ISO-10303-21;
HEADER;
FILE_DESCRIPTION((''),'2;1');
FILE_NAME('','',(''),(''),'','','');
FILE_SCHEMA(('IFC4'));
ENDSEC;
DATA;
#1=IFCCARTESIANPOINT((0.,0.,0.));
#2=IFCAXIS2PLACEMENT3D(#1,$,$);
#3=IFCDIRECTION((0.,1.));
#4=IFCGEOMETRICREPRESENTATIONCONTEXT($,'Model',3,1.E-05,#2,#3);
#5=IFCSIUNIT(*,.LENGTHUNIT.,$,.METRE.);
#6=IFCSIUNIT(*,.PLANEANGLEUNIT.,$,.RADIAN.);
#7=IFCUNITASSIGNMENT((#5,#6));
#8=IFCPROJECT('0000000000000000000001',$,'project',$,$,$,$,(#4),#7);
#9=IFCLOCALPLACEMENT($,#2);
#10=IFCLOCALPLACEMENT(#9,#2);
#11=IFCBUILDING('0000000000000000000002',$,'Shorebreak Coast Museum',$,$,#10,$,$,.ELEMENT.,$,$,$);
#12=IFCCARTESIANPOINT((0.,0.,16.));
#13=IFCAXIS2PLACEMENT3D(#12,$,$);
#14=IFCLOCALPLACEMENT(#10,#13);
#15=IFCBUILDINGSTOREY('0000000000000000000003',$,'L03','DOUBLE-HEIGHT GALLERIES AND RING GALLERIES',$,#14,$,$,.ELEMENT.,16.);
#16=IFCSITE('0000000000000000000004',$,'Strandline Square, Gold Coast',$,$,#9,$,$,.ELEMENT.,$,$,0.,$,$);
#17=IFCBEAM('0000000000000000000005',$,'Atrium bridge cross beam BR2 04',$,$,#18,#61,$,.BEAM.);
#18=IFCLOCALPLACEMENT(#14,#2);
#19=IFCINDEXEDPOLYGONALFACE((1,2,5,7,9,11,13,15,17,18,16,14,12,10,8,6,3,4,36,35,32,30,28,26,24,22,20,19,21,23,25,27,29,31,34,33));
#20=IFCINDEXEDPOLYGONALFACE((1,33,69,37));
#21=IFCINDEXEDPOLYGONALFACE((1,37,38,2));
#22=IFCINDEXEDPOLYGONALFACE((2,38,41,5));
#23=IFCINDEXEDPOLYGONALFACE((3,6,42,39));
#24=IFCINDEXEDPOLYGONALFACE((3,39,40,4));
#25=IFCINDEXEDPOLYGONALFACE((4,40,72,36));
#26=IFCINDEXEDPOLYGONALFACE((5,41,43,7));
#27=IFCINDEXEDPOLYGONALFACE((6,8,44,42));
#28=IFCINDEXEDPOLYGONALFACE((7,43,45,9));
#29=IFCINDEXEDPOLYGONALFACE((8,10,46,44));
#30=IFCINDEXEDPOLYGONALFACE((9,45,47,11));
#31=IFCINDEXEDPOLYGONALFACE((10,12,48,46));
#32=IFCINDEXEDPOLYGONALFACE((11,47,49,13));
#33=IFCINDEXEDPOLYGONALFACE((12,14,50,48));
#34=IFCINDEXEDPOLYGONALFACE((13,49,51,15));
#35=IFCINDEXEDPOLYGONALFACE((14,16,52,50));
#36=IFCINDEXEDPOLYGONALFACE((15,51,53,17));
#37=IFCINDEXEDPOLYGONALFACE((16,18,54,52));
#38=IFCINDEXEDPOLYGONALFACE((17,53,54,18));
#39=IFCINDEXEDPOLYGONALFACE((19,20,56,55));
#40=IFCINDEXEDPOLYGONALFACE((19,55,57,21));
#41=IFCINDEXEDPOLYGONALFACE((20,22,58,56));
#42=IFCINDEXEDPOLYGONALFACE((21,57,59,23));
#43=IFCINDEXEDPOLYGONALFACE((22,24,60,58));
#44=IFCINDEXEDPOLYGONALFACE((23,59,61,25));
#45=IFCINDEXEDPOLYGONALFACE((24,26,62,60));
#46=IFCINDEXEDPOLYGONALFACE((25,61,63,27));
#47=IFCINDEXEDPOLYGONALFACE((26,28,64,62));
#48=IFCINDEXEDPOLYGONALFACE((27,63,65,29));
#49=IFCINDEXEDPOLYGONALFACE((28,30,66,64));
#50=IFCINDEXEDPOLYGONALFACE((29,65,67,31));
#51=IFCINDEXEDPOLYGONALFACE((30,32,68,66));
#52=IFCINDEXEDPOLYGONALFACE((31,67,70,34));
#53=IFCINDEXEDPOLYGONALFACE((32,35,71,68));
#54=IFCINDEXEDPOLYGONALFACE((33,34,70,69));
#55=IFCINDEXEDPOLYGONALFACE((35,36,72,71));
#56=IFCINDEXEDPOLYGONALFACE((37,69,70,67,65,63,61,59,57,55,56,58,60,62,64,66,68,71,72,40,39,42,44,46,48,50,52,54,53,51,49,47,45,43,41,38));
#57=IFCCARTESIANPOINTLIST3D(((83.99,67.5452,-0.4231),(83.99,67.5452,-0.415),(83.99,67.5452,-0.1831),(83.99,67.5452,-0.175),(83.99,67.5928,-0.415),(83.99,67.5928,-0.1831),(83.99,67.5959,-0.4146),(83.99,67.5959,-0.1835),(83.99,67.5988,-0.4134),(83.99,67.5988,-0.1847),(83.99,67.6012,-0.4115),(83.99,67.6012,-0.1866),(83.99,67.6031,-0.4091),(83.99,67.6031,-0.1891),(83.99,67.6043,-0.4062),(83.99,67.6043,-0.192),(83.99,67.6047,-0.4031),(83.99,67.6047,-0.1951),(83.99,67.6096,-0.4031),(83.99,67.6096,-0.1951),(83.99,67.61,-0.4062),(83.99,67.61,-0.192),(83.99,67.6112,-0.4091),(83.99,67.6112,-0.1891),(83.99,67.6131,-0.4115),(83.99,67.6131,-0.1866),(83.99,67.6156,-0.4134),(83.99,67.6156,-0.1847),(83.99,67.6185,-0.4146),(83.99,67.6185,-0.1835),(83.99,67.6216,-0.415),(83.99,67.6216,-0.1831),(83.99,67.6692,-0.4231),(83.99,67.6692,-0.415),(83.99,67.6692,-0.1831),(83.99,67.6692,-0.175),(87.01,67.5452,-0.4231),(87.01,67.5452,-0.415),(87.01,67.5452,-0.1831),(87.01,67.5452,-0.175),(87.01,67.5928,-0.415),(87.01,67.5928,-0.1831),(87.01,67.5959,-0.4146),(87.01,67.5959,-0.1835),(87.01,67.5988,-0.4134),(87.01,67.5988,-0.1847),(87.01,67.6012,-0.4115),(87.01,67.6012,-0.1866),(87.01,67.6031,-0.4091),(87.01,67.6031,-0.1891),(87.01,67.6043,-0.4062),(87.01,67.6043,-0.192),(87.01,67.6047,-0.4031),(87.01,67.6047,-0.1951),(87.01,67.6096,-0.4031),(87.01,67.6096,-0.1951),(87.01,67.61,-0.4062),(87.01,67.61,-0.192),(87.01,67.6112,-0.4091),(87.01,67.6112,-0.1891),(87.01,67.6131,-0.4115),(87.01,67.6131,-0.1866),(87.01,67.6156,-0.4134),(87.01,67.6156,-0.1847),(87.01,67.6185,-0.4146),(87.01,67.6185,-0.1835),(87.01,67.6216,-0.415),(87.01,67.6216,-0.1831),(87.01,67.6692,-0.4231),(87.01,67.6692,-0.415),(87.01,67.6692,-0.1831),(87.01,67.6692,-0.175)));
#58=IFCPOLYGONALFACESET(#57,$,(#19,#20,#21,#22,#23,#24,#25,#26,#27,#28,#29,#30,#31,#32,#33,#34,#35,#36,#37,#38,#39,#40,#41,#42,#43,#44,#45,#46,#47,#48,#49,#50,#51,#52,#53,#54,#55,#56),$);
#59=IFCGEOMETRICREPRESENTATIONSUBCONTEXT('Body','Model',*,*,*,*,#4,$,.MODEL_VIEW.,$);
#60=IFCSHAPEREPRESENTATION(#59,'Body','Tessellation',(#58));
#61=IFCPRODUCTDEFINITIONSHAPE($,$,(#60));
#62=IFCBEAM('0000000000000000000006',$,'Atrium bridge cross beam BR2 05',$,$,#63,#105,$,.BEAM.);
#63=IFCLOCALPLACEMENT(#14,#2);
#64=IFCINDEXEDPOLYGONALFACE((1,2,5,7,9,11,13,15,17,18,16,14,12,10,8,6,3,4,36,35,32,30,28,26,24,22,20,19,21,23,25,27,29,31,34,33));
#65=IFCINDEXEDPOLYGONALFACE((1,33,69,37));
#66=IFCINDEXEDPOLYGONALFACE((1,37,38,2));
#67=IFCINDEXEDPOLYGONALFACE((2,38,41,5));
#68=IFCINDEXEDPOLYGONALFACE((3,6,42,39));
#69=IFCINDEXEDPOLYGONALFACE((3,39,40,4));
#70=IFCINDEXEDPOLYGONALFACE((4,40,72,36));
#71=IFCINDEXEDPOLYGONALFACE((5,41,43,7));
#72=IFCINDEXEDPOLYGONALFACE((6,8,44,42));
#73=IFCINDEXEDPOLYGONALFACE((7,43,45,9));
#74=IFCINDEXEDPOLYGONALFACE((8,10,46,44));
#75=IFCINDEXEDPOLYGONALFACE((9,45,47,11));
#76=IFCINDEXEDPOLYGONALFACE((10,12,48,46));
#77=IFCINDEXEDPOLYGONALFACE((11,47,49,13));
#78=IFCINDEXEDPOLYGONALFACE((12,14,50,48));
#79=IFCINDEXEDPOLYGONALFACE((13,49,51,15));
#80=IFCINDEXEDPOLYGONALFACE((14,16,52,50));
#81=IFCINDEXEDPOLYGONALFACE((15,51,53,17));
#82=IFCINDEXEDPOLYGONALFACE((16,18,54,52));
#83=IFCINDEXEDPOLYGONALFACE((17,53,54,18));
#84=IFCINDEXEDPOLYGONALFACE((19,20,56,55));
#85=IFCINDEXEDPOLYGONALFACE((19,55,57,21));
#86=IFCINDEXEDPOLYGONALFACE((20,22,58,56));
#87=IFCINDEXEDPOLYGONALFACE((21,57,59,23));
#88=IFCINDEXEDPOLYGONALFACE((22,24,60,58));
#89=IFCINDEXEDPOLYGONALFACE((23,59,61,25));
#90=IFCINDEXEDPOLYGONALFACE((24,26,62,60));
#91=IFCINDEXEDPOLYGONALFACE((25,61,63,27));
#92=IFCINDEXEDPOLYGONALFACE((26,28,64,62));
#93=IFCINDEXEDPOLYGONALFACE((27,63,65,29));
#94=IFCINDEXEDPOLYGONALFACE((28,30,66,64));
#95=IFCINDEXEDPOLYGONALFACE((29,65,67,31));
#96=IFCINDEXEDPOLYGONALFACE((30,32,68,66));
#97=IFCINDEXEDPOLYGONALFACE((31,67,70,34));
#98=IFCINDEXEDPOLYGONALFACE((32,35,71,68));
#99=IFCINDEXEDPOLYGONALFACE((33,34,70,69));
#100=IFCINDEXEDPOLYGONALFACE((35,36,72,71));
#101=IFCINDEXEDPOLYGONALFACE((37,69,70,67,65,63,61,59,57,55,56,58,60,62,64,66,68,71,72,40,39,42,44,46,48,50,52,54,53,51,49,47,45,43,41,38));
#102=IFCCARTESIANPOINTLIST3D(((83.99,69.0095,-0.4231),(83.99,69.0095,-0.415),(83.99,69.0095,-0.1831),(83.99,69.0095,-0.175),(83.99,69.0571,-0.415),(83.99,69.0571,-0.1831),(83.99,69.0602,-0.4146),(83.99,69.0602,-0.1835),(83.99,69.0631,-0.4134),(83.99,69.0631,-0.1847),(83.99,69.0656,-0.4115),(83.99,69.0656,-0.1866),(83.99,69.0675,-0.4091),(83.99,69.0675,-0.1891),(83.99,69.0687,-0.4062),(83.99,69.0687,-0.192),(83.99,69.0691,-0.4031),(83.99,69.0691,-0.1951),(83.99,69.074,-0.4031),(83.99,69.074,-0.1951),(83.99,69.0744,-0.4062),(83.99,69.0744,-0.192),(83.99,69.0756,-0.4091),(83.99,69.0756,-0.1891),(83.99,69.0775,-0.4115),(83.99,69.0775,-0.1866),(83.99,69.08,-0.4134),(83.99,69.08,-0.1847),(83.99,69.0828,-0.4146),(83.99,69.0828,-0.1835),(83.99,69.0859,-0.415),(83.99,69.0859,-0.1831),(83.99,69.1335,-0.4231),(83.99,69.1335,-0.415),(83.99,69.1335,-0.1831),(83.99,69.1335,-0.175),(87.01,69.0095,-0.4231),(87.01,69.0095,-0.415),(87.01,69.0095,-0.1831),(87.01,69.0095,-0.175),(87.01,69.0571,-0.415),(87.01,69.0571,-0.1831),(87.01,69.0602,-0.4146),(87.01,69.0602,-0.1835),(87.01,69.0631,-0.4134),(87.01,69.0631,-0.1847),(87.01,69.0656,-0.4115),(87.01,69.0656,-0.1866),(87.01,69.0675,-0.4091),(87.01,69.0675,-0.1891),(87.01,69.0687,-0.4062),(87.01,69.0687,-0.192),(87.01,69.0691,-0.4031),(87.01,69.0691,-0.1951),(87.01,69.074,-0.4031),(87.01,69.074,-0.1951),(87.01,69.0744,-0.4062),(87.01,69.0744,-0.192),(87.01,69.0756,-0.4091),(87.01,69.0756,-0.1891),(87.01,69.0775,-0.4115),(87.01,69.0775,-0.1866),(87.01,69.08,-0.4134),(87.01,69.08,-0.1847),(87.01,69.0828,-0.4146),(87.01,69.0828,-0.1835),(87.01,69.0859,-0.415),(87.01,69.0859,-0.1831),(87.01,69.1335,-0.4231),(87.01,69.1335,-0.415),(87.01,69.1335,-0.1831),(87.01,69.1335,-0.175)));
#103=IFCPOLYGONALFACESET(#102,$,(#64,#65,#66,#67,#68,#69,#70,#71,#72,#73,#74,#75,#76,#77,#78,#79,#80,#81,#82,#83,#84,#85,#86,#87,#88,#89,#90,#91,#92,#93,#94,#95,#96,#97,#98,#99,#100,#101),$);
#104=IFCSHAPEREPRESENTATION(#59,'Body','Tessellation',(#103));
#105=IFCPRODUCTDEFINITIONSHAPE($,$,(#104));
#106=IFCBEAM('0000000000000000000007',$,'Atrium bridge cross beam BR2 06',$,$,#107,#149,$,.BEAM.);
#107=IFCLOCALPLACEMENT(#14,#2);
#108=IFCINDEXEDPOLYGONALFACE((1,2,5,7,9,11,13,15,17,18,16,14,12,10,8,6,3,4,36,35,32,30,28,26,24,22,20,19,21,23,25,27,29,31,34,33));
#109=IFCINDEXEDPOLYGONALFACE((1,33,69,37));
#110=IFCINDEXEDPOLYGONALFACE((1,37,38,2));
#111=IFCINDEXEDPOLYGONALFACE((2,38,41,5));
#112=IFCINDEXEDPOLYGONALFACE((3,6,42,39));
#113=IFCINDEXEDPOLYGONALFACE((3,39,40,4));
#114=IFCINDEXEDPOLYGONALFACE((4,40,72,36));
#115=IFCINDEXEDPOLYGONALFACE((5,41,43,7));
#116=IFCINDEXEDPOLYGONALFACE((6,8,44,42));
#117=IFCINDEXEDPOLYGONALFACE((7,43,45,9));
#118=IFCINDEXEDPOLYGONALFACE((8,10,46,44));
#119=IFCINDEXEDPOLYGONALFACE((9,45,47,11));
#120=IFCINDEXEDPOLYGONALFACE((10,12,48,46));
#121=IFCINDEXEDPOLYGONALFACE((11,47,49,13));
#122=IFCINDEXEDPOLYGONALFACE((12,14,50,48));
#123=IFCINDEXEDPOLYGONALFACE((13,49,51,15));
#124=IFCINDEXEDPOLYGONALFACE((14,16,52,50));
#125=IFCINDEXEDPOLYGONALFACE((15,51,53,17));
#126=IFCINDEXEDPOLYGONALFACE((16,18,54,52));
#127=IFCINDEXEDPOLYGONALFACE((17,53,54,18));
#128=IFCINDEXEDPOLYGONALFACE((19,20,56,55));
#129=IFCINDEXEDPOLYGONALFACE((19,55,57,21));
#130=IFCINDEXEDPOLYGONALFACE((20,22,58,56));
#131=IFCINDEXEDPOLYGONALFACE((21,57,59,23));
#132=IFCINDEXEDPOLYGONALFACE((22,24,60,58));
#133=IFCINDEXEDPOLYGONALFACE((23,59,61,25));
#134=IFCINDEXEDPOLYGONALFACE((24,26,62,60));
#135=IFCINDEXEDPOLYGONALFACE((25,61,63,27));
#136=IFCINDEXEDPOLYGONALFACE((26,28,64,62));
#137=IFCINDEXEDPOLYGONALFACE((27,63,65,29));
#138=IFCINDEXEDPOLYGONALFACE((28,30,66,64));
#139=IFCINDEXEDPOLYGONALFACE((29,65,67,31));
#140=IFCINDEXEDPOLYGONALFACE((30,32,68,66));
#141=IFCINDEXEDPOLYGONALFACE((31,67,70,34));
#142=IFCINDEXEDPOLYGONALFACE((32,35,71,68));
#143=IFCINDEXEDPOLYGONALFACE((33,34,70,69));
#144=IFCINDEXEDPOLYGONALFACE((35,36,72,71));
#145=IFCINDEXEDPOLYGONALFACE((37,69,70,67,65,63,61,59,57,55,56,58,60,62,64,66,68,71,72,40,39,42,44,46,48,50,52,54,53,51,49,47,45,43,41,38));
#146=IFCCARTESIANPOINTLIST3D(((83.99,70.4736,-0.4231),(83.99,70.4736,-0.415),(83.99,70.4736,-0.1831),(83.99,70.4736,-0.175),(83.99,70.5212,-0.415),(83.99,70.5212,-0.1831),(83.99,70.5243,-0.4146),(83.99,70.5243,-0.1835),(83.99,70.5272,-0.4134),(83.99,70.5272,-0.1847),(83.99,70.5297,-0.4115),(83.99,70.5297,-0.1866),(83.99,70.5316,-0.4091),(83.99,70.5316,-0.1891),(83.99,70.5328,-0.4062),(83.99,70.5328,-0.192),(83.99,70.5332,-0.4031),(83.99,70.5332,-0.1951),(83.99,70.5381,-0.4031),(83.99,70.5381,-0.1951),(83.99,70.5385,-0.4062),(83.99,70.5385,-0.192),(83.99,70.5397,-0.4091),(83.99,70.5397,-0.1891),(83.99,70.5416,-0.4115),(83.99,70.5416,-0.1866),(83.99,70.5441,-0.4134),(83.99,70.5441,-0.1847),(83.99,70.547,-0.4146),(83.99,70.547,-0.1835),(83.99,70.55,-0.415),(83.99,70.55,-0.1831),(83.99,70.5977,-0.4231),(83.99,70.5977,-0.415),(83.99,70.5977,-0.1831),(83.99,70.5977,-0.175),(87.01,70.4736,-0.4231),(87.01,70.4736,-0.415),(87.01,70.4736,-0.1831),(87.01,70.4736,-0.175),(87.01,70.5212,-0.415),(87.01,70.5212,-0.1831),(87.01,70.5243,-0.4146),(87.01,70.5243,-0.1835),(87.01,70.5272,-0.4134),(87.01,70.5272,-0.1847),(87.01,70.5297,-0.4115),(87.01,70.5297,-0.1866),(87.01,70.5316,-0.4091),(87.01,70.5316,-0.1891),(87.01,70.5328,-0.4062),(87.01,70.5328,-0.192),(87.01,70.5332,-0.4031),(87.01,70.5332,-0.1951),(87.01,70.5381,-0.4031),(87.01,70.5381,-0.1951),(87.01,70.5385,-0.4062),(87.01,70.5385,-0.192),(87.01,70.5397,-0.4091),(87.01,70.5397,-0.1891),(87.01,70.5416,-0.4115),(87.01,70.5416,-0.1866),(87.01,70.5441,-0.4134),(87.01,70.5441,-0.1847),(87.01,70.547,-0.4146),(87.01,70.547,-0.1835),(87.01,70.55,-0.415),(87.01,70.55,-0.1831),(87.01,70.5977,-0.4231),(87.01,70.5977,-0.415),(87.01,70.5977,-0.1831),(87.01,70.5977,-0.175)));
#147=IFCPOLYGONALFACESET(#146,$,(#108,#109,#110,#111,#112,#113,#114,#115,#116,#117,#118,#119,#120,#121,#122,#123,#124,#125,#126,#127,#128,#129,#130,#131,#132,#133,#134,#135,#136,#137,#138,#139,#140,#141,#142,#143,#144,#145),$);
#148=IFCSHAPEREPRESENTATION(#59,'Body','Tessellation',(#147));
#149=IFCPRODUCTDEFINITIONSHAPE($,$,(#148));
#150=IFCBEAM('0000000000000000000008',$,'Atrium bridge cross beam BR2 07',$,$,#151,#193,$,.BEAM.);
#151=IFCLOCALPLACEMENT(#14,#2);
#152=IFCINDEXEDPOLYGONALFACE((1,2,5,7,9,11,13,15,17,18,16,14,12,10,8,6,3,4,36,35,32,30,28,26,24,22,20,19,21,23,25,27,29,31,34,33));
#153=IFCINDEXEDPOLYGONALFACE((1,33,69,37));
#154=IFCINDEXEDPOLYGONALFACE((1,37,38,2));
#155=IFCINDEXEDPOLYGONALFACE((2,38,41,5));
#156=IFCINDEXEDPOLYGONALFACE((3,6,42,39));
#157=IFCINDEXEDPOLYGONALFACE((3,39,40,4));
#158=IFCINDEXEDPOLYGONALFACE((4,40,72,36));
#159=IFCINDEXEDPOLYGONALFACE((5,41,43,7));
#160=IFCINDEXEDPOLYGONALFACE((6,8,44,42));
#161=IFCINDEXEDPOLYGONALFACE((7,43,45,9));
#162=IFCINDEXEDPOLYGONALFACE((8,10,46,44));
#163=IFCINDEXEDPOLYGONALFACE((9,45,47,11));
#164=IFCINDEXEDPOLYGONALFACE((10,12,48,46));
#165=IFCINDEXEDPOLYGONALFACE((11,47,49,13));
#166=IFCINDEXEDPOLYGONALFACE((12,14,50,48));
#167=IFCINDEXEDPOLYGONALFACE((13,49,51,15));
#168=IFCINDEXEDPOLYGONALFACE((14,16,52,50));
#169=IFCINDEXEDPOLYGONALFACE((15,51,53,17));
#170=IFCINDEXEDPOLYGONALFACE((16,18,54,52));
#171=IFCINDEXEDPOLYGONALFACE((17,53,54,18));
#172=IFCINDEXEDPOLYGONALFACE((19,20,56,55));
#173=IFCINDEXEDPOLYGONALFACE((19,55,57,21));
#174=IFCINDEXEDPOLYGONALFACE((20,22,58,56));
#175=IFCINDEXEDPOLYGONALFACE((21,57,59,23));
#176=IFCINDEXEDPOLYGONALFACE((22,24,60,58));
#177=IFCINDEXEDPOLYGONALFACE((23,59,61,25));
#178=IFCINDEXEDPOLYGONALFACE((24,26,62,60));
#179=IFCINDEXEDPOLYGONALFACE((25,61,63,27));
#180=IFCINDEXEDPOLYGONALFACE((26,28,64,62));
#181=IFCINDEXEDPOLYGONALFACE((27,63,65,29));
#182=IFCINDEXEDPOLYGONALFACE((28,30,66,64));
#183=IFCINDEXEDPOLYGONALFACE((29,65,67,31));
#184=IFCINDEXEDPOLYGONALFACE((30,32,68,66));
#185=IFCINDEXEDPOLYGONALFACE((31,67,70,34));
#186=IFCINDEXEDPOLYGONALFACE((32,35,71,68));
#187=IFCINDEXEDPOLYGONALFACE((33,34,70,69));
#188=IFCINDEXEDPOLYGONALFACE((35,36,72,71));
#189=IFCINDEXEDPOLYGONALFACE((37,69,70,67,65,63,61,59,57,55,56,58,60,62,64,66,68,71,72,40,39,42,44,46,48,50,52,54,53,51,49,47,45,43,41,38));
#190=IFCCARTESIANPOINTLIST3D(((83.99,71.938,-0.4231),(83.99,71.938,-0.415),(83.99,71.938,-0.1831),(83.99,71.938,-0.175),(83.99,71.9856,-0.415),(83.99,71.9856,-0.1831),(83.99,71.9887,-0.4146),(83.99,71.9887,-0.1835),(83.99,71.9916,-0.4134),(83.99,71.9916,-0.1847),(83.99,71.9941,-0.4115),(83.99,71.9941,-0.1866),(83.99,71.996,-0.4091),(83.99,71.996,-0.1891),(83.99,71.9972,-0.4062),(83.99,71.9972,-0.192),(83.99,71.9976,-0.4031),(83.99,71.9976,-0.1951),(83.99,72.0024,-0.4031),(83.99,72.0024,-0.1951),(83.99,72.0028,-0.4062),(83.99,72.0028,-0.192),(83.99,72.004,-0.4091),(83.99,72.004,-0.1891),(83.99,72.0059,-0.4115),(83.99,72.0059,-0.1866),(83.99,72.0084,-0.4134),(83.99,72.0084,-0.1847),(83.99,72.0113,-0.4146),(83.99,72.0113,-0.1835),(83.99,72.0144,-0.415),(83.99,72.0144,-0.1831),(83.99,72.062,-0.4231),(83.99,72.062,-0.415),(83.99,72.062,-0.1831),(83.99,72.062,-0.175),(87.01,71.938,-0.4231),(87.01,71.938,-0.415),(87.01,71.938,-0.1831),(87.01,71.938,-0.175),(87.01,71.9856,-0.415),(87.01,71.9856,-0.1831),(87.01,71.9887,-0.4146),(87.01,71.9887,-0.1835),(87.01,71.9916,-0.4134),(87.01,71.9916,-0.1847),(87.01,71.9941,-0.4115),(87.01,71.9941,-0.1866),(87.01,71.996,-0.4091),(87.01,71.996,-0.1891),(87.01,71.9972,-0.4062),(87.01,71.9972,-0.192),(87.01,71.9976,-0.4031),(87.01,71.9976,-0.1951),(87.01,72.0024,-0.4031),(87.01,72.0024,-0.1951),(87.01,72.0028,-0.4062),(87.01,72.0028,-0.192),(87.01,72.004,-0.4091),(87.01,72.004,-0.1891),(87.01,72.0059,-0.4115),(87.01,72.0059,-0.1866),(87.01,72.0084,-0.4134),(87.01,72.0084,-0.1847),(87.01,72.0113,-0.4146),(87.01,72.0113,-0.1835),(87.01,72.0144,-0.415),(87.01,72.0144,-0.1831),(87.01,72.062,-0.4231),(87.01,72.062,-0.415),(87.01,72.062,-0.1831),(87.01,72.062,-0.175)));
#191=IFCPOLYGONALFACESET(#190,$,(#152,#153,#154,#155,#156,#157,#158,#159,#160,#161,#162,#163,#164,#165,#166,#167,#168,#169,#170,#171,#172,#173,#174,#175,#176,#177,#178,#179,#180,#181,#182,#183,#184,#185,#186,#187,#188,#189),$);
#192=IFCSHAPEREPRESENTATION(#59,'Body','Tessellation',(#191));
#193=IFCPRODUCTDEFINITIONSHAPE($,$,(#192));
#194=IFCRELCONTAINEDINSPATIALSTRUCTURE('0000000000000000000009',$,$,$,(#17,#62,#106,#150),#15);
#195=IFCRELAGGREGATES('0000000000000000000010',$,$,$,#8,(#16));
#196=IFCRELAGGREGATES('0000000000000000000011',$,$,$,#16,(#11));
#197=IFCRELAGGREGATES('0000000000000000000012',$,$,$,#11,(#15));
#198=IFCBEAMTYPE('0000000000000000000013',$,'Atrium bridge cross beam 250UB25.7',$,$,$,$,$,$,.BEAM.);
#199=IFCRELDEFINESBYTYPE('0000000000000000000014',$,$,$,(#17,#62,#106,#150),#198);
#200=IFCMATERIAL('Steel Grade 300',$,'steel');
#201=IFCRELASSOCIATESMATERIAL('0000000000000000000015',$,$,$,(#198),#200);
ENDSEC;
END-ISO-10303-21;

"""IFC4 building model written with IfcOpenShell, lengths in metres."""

from ifc_helpers import new_model, si_unit, direction, frame, origin, origin_2d, place, context, subcontext, project, spatial, i_section, extrude, material, material_profile, profile_set, type_object, element, save


model = new_model("IFC4")

# Units and contexts
model_context = context("Model", 3, precision=1e-05, world=origin(), true_north=direction((0.0, 1.0)))
body_context = subcontext(model_context, "Body", "Model", "MODEL_VIEW")
ifc_project = project(units=[si_unit("LENGTHUNIT", "METRE"), si_unit("PLANEANGLEUNIT", "RADIAN")], contexts=[model_context])

# Site, building, storey
site_placement = place(None, origin())
site = spatial("IfcSite", under=ifc_project, at=site_placement, Name="Strandline Square, Gold Coast", CompositionType="ELEMENT", RefElevation=0.0)
building_placement = place(site_placement, origin())
building = spatial("IfcBuilding", under=site, at=building_placement, Name="Shorebreak Coast Museum", CompositionType="ELEMENT")
storey_placement = place(building_placement, frame((0.0, 0.0, 16.0)))
storey = spatial("IfcBuildingStorey", under=building, at=storey_placement, Name="L03", Description="DOUBLE-HEIGHT GALLERIES AND RING GALLERIES", CompositionType="ELEMENT", Elevation=16.0)

# Beams
ifc_material_1 = material(Name="Steel Grade 300", Category="steel")
ifc_material_profile_1 = material_profile(ifc_material_1, i_section(OverallWidth=0.124, OverallDepth=0.248, WebThickness=0.0049, FlangeThickness=0.0081, FilletRadius=0.012, at=origin_2d()), Name="250UB25.7")
ifc_profile_set_1 = profile_set([ifc_material_profile_1], Name="Steel Grade 300")
beam_type_1 = type_object("IfcBeamType", Name="Atrium bridge cross beam 250UB25.7", PredefinedType="BEAM", material=ifc_profile_set_1)
for number, where, z_axis, x_axis, name in (
    (1, (87.01, 67.6072, -0.2991), (-1.0, 0.0, 0.0), (0.0, -1.0, 0.0), "Atrium bridge cross beam BR2 04"),
    (2, (87.01, 69.0715, -0.2991), (-1.0, 0.0, 0.0), (0.0, -1.0, 0.0), "Atrium bridge cross beam BR2 05"),
    (3, (87.01, 70.5356, -0.2991), (-1.0, 0.0, 0.0), (0.0, -1.0, 0.0), "Atrium bridge cross beam BR2 06"),
    (4, (87.01, 72.0, -0.2991), (-1.0, 0.0, 0.0), (0.0, -1.0, 0.0), "Atrium bridge cross beam BR2 07"),
):
    element("IfcBeam", number, at=place(storey_placement, frame(where, z_axis=z_axis, x_axis=x_axis)), inside=storey, type_object=beam_type_1, Name=name, PredefinedType="BEAM", context=body_context, shape_type="SweptSolid", body=[
        extrude(i_section(OverallWidth=0.124, OverallDepth=0.248, WebThickness=0.0049, FlangeThickness=0.0081, FilletRadius=0.012, at=origin_2d()), origin(), (0.0, 0.0, 1.0), 3.02),
    ])

save(model, "model.ifc")
